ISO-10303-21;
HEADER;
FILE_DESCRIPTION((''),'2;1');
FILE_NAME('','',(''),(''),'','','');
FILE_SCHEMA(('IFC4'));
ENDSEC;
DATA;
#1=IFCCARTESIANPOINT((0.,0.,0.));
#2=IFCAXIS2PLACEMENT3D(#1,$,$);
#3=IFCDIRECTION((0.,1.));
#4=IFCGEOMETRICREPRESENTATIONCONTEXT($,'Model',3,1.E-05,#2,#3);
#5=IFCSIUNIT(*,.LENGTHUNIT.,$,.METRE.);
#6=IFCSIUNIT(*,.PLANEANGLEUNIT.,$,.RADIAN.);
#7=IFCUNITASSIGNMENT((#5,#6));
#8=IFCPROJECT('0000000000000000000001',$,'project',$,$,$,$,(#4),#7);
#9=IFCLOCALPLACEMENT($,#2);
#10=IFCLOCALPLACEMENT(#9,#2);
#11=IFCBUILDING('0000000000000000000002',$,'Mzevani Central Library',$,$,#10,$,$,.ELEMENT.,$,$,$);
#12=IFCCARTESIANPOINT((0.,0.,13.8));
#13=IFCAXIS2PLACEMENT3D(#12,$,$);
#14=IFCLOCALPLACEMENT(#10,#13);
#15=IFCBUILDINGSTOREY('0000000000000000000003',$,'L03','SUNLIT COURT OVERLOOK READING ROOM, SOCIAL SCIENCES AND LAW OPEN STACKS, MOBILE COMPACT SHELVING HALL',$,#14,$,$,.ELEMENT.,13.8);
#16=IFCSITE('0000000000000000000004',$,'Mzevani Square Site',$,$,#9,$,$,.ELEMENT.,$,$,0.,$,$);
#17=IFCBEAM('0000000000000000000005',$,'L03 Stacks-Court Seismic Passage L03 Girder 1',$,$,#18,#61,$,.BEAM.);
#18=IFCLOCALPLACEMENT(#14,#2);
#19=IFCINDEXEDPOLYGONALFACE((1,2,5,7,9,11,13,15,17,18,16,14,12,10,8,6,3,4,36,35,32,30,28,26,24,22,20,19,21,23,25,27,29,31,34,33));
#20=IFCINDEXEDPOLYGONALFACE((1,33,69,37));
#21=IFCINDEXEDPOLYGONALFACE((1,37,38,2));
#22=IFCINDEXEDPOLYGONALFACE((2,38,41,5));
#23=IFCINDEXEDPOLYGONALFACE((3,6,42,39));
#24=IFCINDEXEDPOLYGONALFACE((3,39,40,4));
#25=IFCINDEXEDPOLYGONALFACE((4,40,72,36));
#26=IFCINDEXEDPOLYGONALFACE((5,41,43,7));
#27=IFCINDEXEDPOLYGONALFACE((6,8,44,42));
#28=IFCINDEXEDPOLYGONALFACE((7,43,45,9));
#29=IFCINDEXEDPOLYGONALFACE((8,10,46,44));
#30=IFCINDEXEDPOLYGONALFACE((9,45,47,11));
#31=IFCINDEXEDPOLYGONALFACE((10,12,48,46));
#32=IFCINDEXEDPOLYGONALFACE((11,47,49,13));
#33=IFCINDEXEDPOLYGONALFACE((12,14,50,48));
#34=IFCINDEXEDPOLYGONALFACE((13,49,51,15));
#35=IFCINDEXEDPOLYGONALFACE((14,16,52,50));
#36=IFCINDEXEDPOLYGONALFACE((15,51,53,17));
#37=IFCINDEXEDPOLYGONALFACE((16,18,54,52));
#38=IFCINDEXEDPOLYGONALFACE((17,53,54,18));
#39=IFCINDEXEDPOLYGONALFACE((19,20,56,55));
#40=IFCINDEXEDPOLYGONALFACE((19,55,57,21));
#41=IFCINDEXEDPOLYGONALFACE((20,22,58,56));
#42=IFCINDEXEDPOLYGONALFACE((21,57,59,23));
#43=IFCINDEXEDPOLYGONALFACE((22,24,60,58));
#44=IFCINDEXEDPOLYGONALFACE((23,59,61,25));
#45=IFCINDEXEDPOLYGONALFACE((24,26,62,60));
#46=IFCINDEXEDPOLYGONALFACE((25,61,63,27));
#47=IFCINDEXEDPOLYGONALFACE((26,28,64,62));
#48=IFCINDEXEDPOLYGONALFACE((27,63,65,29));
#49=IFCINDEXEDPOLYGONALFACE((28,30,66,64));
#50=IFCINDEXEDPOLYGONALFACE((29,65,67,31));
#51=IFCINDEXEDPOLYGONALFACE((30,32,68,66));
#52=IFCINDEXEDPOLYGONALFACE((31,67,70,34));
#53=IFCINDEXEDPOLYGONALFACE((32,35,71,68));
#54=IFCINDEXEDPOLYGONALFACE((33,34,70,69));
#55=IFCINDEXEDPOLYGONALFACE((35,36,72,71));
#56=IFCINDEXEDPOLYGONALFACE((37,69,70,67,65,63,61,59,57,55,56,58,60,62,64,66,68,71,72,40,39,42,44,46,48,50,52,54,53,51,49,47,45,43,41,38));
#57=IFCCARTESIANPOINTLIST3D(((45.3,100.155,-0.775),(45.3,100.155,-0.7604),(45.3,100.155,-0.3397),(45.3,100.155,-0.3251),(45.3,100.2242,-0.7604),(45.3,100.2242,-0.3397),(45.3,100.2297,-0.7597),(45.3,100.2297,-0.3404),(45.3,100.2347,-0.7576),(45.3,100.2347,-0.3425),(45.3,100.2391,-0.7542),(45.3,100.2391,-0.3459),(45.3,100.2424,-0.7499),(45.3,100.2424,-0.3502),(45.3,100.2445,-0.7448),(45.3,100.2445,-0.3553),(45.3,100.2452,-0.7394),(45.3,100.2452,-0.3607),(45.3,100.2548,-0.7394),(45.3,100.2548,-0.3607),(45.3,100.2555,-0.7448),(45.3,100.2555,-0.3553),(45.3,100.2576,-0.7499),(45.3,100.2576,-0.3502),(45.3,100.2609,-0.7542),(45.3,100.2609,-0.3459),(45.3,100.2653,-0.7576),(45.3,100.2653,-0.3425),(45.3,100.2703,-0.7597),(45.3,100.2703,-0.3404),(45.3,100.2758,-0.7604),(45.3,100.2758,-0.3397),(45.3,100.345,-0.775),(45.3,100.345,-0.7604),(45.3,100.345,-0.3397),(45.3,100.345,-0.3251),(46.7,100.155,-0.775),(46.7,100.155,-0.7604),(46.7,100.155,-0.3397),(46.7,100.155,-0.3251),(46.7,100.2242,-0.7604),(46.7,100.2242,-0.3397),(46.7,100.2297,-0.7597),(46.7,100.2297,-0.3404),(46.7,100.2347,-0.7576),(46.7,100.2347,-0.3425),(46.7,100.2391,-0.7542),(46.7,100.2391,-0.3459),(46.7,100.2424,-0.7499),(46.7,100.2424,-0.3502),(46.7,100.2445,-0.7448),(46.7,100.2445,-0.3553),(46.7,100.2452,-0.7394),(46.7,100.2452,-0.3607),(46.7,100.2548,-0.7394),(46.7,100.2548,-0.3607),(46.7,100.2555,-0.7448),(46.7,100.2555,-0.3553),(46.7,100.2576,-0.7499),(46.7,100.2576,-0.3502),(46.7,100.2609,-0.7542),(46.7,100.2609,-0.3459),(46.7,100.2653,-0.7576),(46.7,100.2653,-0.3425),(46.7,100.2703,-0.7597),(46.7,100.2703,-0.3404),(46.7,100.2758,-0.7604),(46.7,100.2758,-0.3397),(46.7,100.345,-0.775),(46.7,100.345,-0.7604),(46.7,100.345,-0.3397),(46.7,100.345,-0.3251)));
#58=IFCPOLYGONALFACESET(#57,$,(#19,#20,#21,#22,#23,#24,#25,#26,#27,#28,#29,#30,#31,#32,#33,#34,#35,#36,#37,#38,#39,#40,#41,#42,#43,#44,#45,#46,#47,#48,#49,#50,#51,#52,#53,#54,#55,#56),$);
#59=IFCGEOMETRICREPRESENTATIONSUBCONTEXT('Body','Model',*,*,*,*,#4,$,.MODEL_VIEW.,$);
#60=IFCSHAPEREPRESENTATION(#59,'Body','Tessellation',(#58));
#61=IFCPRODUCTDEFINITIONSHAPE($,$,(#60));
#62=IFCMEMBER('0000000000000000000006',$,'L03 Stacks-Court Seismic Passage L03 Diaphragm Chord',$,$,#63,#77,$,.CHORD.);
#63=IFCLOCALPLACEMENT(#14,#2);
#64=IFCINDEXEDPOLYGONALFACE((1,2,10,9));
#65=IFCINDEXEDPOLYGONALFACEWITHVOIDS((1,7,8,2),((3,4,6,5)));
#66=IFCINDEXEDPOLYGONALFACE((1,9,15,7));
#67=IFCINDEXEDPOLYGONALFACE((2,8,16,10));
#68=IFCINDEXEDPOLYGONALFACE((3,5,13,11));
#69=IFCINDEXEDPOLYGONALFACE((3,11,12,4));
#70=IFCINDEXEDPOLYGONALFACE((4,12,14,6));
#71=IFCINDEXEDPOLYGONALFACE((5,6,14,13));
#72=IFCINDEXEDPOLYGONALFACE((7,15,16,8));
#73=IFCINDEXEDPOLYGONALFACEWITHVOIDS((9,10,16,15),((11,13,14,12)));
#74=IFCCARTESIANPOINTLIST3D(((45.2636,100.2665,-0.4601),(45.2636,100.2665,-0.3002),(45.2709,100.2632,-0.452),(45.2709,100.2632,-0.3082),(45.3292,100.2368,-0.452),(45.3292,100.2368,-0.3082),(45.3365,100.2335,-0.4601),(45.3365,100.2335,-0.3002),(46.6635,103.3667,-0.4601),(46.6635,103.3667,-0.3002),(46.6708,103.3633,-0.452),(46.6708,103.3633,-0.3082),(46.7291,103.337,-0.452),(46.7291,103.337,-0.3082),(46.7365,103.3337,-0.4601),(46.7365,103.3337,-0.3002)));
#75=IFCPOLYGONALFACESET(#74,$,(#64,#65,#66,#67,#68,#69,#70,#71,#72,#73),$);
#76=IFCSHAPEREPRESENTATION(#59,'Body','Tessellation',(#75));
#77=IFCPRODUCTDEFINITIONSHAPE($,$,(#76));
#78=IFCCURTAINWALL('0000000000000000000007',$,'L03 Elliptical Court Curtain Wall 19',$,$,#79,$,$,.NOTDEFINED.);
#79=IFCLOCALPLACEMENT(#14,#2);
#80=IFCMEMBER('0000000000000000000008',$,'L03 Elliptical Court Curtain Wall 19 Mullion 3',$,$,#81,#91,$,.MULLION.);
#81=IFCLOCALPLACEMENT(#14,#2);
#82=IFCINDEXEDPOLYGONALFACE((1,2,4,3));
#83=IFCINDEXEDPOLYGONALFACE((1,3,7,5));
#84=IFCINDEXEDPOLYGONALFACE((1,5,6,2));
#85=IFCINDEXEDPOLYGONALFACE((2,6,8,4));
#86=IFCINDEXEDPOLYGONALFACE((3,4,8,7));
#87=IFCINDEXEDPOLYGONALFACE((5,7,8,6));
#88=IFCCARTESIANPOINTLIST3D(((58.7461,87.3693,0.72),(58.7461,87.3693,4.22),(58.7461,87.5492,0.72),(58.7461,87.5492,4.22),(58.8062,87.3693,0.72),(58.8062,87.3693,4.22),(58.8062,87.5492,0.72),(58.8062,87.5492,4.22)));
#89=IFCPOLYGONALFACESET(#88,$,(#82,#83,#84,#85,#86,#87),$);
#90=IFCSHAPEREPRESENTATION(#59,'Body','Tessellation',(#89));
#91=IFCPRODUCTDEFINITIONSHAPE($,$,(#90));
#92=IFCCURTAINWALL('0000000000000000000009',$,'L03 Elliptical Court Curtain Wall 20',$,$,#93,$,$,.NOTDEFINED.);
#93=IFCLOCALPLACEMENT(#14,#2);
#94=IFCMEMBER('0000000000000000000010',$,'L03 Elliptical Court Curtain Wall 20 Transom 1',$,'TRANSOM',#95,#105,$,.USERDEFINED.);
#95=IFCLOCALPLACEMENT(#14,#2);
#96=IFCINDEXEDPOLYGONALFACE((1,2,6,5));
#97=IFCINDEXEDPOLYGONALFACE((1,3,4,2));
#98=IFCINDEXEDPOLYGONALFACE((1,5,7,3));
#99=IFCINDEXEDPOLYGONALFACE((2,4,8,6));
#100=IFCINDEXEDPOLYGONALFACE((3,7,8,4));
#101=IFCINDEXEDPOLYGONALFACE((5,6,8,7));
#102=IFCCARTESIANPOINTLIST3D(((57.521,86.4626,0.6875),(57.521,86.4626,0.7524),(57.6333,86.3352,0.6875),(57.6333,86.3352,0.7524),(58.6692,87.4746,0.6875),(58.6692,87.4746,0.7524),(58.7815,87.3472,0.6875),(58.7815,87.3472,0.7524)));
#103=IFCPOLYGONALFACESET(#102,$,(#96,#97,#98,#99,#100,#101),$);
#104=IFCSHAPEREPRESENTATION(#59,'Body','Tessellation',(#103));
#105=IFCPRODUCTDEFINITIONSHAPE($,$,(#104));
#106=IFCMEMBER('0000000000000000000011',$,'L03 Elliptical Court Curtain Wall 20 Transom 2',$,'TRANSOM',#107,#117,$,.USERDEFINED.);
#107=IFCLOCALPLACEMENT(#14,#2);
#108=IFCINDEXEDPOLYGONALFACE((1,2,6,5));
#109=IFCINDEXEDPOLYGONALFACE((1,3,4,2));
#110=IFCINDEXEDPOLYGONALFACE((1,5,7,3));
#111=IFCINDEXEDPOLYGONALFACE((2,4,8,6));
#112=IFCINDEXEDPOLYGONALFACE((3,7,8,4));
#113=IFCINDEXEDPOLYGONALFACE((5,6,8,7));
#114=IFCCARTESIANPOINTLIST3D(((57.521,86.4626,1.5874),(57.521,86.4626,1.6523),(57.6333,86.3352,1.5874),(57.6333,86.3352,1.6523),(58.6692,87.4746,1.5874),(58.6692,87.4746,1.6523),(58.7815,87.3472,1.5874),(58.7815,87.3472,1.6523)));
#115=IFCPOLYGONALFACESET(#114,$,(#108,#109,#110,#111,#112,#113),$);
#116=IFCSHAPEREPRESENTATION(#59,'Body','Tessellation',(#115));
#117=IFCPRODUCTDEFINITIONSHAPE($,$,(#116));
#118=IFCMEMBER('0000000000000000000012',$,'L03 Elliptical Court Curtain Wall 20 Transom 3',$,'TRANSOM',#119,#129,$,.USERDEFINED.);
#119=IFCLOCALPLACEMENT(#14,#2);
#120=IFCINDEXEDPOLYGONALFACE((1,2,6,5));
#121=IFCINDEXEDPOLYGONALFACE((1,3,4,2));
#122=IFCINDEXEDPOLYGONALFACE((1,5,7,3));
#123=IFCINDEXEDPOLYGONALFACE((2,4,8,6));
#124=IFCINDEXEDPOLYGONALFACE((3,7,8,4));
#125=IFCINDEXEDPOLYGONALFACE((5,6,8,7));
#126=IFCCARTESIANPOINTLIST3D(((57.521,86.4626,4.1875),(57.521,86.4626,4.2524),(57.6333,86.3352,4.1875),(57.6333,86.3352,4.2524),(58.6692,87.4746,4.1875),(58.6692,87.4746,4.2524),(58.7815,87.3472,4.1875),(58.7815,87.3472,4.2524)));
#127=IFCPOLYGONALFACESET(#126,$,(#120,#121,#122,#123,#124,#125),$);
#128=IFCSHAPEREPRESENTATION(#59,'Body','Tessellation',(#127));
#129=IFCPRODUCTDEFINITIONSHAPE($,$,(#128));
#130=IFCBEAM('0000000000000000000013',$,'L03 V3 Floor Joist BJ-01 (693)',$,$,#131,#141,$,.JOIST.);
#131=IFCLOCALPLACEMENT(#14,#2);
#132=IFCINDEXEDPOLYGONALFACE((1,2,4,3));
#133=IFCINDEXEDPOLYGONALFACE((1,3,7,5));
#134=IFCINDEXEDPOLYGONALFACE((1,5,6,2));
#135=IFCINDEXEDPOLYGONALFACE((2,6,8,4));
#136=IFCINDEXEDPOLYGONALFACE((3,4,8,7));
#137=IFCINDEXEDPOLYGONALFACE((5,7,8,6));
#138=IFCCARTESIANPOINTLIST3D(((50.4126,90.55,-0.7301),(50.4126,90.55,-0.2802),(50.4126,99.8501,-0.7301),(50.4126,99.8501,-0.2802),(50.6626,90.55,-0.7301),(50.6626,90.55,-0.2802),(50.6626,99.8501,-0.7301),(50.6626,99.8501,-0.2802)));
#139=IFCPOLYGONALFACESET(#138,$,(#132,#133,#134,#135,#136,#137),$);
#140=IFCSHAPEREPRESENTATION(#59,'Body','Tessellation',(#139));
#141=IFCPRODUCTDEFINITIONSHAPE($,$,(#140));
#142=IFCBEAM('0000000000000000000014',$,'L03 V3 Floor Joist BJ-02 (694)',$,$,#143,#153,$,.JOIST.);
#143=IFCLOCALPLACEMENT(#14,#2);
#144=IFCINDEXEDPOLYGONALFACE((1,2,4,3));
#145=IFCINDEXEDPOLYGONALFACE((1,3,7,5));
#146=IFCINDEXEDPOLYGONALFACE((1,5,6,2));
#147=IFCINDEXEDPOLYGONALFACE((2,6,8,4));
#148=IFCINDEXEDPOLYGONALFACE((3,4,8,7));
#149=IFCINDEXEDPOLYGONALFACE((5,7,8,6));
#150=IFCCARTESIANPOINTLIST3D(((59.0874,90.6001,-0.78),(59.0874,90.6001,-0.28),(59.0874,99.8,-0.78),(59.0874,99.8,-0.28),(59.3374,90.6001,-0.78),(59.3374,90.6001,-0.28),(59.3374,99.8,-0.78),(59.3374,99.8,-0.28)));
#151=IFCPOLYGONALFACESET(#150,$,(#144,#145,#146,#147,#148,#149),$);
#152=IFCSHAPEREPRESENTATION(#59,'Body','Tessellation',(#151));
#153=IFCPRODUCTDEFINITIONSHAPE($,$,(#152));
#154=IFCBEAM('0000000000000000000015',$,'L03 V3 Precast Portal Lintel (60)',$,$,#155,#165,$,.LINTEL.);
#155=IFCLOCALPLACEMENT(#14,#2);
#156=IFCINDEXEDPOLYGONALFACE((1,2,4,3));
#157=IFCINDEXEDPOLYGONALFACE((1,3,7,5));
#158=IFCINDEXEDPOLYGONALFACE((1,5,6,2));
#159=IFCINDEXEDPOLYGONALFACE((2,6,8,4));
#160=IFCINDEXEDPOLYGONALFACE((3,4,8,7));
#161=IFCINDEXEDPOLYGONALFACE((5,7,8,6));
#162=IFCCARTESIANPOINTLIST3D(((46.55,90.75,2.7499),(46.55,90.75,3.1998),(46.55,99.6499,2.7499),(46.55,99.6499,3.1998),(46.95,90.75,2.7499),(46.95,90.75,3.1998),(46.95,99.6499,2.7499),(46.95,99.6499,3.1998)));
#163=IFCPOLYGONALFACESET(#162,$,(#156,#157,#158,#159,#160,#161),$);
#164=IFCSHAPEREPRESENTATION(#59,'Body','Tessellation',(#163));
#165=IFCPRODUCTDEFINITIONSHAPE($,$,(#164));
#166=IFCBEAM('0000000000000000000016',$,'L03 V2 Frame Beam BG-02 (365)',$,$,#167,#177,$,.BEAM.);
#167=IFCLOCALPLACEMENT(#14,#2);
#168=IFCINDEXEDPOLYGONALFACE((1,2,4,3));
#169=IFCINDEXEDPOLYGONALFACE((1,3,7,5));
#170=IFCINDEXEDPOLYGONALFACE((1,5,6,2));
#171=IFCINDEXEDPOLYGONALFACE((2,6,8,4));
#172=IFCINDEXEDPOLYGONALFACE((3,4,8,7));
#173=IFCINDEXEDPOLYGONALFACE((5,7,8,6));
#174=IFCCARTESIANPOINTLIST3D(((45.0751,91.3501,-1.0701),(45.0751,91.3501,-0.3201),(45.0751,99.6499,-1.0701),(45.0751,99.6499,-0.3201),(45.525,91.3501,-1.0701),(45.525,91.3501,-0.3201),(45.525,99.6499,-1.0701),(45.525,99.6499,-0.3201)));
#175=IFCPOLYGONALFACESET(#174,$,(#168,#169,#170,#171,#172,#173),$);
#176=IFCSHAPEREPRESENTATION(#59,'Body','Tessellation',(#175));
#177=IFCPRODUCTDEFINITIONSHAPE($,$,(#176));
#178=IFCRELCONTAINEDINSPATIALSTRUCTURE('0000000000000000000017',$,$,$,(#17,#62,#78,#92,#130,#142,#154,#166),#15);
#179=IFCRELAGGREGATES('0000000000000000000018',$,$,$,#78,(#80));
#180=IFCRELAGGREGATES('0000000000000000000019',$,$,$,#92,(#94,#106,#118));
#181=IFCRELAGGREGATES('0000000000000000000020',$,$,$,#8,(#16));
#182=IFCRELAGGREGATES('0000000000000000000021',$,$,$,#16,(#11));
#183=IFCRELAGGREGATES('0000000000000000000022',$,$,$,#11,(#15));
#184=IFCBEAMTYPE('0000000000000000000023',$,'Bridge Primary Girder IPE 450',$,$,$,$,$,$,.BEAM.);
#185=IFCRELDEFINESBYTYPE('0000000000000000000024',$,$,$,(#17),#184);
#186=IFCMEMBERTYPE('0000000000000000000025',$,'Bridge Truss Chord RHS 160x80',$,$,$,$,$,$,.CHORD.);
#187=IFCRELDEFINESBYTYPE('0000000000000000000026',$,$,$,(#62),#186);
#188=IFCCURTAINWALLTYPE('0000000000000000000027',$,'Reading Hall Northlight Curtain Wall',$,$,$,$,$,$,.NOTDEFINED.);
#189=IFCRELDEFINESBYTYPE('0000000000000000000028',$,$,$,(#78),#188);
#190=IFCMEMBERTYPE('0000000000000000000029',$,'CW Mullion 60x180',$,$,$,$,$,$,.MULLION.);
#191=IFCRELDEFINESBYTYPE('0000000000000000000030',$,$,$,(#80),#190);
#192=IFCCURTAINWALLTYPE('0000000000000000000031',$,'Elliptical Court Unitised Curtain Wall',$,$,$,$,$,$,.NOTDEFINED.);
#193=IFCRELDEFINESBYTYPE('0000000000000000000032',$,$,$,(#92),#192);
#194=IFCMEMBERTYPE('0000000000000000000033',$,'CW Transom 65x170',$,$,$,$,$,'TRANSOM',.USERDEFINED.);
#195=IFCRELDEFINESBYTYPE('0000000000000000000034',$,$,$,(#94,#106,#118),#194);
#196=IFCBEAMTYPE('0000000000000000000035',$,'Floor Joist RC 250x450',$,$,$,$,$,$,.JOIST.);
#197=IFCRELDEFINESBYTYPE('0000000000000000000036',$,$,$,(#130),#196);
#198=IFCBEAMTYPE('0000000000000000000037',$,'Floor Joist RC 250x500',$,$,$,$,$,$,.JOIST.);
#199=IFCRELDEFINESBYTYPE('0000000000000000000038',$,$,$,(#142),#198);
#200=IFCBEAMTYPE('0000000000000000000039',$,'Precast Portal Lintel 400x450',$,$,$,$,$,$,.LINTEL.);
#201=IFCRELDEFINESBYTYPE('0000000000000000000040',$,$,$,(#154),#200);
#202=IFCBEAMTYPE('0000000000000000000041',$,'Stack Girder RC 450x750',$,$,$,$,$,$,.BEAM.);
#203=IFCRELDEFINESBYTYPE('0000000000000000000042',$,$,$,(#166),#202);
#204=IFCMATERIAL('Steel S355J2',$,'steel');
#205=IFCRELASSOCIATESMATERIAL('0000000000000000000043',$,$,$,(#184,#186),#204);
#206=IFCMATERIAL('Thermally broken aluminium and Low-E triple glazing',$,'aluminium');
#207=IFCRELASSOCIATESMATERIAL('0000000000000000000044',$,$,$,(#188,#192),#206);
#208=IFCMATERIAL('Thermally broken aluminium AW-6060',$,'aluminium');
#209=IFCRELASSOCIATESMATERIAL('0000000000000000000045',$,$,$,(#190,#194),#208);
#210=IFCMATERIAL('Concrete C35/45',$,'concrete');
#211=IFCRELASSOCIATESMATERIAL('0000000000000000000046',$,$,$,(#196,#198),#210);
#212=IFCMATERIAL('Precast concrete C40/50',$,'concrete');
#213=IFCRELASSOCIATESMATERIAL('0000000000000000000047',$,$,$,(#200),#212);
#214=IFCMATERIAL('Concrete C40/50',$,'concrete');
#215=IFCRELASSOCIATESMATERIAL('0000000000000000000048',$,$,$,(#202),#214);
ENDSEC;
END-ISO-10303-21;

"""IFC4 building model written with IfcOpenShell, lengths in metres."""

from ifc_helpers import new_model, si_unit, direction, frame, origin, origin_2d, place, context, subcontext, project, spatial, rectangle, hollow_rectangle, i_section, extrude, material, material_profile, profile_set, type_object, element, aggregate, save


model = new_model("IFC4")

# Units and contexts
model_context = context("Model", 3, precision=1e-05, world=origin(), true_north=direction((0.0, 1.0)))
body_context = subcontext(model_context, "Body", "Model", "MODEL_VIEW")
ifc_project = project(units=[si_unit("LENGTHUNIT", "METRE"), si_unit("PLANEANGLEUNIT", "RADIAN")], contexts=[model_context])

# Site, building, storey
site_placement = place(None, origin())
site = spatial("IfcSite", under=ifc_project, at=site_placement, Name="Mzevani Square Site", CompositionType="ELEMENT", RefElevation=0.0)
building_placement = place(site_placement, origin())
building = spatial("IfcBuilding", under=site, at=building_placement, Name="Mzevani Central Library", CompositionType="ELEMENT")
storey_placement = place(building_placement, frame((0.0, 0.0, 13.8)))
storey = spatial("IfcBuildingStorey", under=building, at=storey_placement, Name="L03", Description="SUNLIT COURT OVERLOOK READING ROOM, SOCIAL SCIENCES AND LAW OPEN STACKS, MOBILE COMPACT SHELVING HALL", CompositionType="ELEMENT", Elevation=13.8)

# Shared definitions
ifc_material_1 = material(Name="Concrete C40/50", Category="concrete")

# Beam
ifc_material_2 = material(Name="Concrete C35/45", Category="concrete")
ifc_material_3 = material(Name="Steel S355J2", Category="steel")
ifc_material_profile_1 = material_profile(ifc_material_3, i_section(OverallWidth=0.1899, OverallDepth=0.45, WebThickness=0.0095, FlangeThickness=0.0146, FilletRadius=0.021, at=origin_2d()), Name="IPE 450")
ifc_profile_set_1 = profile_set([ifc_material_profile_1], Name="Steel S355J2")
beam_type_1 = type_object("IfcBeamType", Name="Bridge Primary Girder IPE 450", PredefinedType="BEAM", material=ifc_profile_set_1)
beam_1_placement = place(storey_placement, frame((45.3, 100.25, -0.55), z_axis=(1.0, 0.0, 0.0), x_axis=(0.0, 1.0, 0.0)))
element("IfcBeam", 1, at=beam_1_placement, inside=storey, type_object=beam_type_1, Name="L03 Stacks-Court Seismic Passage L03 Girder 1", PredefinedType="BEAM", context=body_context, shape_type="SweptSolid", body=[
    extrude(i_section(OverallWidth=0.1899, OverallDepth=0.45, WebThickness=0.0095, FlangeThickness=0.0146, FilletRadius=0.021, at=origin_2d()), origin(), (0.0, 0.0, 1.0), 1.3999),
])

# Member
ifc_material_profile_2 = material_profile(ifc_material_3, hollow_rectangle(XDim=0.0801, YDim=0.1599, WallThickness=0.0081, at=origin_2d()), Name="RHS 160x80x8.0")
ifc_profile_set_2 = profile_set([ifc_material_profile_2], Name="Steel S355J2")
member_type_1 = type_object("IfcMemberType", Name="Bridge Truss Chord RHS 160x80", PredefinedType="CHORD", material=ifc_profile_set_2)
member_1_placement = place(storey_placement, frame((45.3, 100.25, -0.3801), z_axis=(0.411552, 0.911386, 0.0), x_axis=(-0.911386, 0.411552, 0.0)))
element("IfcMember", 2, at=member_1_placement, inside=storey, type_object=member_type_1, Name="L03 Stacks-Court Seismic Passage L03 Diaphragm Chord", PredefinedType="CHORD", context=body_context, shape_type="SweptSolid", body=[
    extrude(hollow_rectangle(XDim=0.0801, YDim=0.1599, WallThickness=0.0081, at=origin_2d()), origin(), (0.0, 0.0, 1.0), 3.4016),
])

# Curtain wall, member
ifc_material_4 = material(Name="Thermally broken aluminium and Low-E triple glazing", Category="aluminium")
curtain_wall_type_1 = type_object("IfcCurtainWallType", Name="Reading Hall Northlight Curtain Wall", PredefinedType="NOTDEFINED", material=ifc_material_4)
curtain_wall_1_placement = place(storey_placement, origin())
curtain_wall_1 = element("IfcCurtainWall", 3, at=curtain_wall_1_placement, inside=storey, type_object=curtain_wall_type_1, Name="L03 Elliptical Court Curtain Wall 19", PredefinedType="NOTDEFINED")
ifc_material_5 = material(Name="Thermally broken aluminium AW-6060", Category="aluminium")
ifc_material_profile_3 = material_profile(ifc_material_5, rectangle(XDim=0.0601, YDim=0.1799, at=origin_2d()), Name="ALU M60x180")
ifc_profile_set_3 = profile_set([ifc_material_profile_3], Name="Thermally broken aluminium AW-6060")
member_type_2 = type_object("IfcMemberType", Name="CW Mullion 60x180", PredefinedType="MULLION", material=ifc_profile_set_3)
member_2_placement = place(storey_placement, frame((58.7761, 87.4592, 0.72), z_axis=(0.0, 0.0, 1.0), x_axis=(1.0, 0.0, 0.0)))
member_2 = element("IfcMember", 4, at=member_2_placement, type_object=member_type_2, Name="L03 Elliptical Court Curtain Wall 19 Mullion 3", PredefinedType="MULLION", context=body_context, shape_type="SweptSolid", body=[
    extrude(rectangle(XDim=0.0601, YDim=0.1799, at=origin_2d()), origin(), (0.0, 0.0, 1.0), 3.5),
])
aggregate(curtain_wall_1, [member_2])

# Curtain wall, members
curtain_wall_type_2 = type_object("IfcCurtainWallType", Name="Elliptical Court Unitised Curtain Wall", PredefinedType="NOTDEFINED", material=ifc_material_4)
curtain_wall_2_placement = place(storey_placement, origin())
curtain_wall_2 = element("IfcCurtainWall", 5, at=curtain_wall_2_placement, inside=storey, type_object=curtain_wall_type_2, Name="L03 Elliptical Court Curtain Wall 20", PredefinedType="NOTDEFINED")
ifc_material_profile_4 = material_profile(ifc_material_5, rectangle(XDim=0.1699, YDim=0.0649, at=origin_2d()), Name="ALU T65x170")
ifc_profile_set_4 = profile_set([ifc_material_profile_4], Name="Thermally broken aluminium AW-6060")
member_type_3 = type_object("IfcMemberType", Name="CW Transom 65x170", ElementType="TRANSOM", PredefinedType="USERDEFINED", material=ifc_profile_set_4)
member_3_placement = place(storey_placement, frame((58.7253, 87.4109, 0.72), z_axis=(-0.75021, -0.661199, 0.0), x_axis=(0.661199, -0.75021, 0.0)))
member_3 = element("IfcMember", 6, at=member_3_placement, type_object=member_type_3, Name="L03 Elliptical Court Curtain Wall 20 Transom 1", ObjectType="TRANSOM", PredefinedType="USERDEFINED", context=body_context, shape_type="SweptSolid", body=[
    extrude(rectangle(XDim=0.1699, YDim=0.0649, at=origin_2d()), origin(), (0.0, 0.0, 1.0), 1.5305),
])
member_4_placement = place(storey_placement, frame((58.7253, 87.4109, 1.6199), z_axis=(-0.75021, -0.661199, 0.0), x_axis=(0.661199, -0.75021, 0.0)))
member_4 = element("IfcMember", 7, at=member_4_placement, type_object=member_type_3, Name="L03 Elliptical Court Curtain Wall 20 Transom 2", ObjectType="TRANSOM", PredefinedType="USERDEFINED", context=body_context, shape_type="SweptSolid", body=[
    extrude(rectangle(XDim=0.1699, YDim=0.0649, at=origin_2d()), origin(), (0.0, 0.0, 1.0), 1.5305),
])
member_5_placement = place(storey_placement, frame((58.7253, 87.4109, 4.22), z_axis=(-0.75021, -0.661199, 0.0), x_axis=(0.661199, -0.75021, 0.0)))
member_5 = element("IfcMember", 8, at=member_5_placement, type_object=member_type_3, Name="L03 Elliptical Court Curtain Wall 20 Transom 3", ObjectType="TRANSOM", PredefinedType="USERDEFINED", context=body_context, shape_type="SweptSolid", body=[
    extrude(rectangle(XDim=0.1699, YDim=0.0649, at=origin_2d()), origin(), (0.0, 0.0, 1.0), 1.5305),
])
aggregate(curtain_wall_2, [member_3, member_4, member_5])

# Beams
ifc_material_profile_5 = material_profile(ifc_material_2, rectangle(XDim=0.25, YDim=0.45, at=origin_2d()), Name="RC J250x450")
ifc_profile_set_5 = profile_set([ifc_material_profile_5], Name="Concrete C35/45")
beam_type_2 = type_object("IfcBeamType", Name="Floor Joist RC 250x450", PredefinedType="JOIST", material=ifc_profile_set_5)
beam_2_placement = place(storey_placement, frame((50.5376, 90.55, -0.5051), z_axis=(0.0, 1.0, 0.0), x_axis=(-1.0, 0.0, 0.0)))
element("IfcBeam", 9, at=beam_2_placement, inside=storey, type_object=beam_type_2, Name="L03 V3 Floor Joist BJ-01 (693)", PredefinedType="JOIST", context=body_context, shape_type="SweptSolid", body=[
    extrude(rectangle(XDim=0.25, YDim=0.45, at=origin_2d()), origin(), (0.0, 0.0, 1.0), 9.3),
])
ifc_material_profile_6 = material_profile(ifc_material_2, rectangle(XDim=0.25, YDim=0.5, at=origin_2d()), Name="RC J250x500")
ifc_profile_set_6 = profile_set([ifc_material_profile_6], Name="Concrete C35/45")
beam_type_3 = type_object("IfcBeamType", Name="Floor Joist RC 250x500", PredefinedType="JOIST", material=ifc_profile_set_6)
beam_3_placement = place(storey_placement, frame((59.2124, 90.6001, -0.53), z_axis=(0.0, 1.0, 0.0), x_axis=(-1.0, 0.0, 0.0)))
element("IfcBeam", 10, at=beam_3_placement, inside=storey, type_object=beam_type_3, Name="L03 V3 Floor Joist BJ-02 (694)", PredefinedType="JOIST", context=body_context, shape_type="SweptSolid", body=[
    extrude(rectangle(XDim=0.25, YDim=0.5, at=origin_2d()), origin(), (0.0, 0.0, 1.0), 9.2),
])
ifc_material_6 = material(Name="Precast concrete C40/50", Category="concrete")
ifc_material_profile_7 = material_profile(ifc_material_6, rectangle(XDim=0.3999, YDim=0.45, at=origin_2d()), Name="PC LN400x450")
ifc_profile_set_7 = profile_set([ifc_material_profile_7], Name="Precast concrete C40/50")
beam_type_4 = type_object("IfcBeamType", Name="Precast Portal Lintel 400x450", PredefinedType="LINTEL", material=ifc_profile_set_7)
beam_4_placement = place(storey_placement, frame((46.75, 90.75, 2.9749), z_axis=(0.0, 1.0, 0.0), x_axis=(-1.0, 0.0, 0.0)))
element("IfcBeam", 11, at=beam_4_placement, inside=storey, type_object=beam_type_4, Name="L03 V3 Precast Portal Lintel (60)", PredefinedType="LINTEL", context=body_context, shape_type="SweptSolid", body=[
    extrude(rectangle(XDim=0.3999, YDim=0.45, at=origin_2d()), origin(), (0.0, 0.0, 1.0), 8.8999),
])
ifc_material_profile_8 = material_profile(ifc_material_1, rectangle(XDim=0.45, YDim=0.75, at=origin_2d()), Name="RC B450x750")
ifc_profile_set_8 = profile_set([ifc_material_profile_8], Name="Concrete C40/50")
beam_type_5 = type_object("IfcBeamType", Name="Stack Girder RC 450x750", PredefinedType="BEAM", material=ifc_profile_set_8)
beam_5_placement = place(storey_placement, frame((45.3, 91.3501, -0.6951), z_axis=(0.0, 1.0, 0.0), x_axis=(-1.0, 0.0, 0.0)))
element("IfcBeam", 12, at=beam_5_placement, inside=storey, type_object=beam_type_5, Name="L03 V2 Frame Beam BG-02 (365)", PredefinedType="BEAM", context=body_context, shape_type="SweptSolid", body=[
    extrude(rectangle(XDim=0.45, YDim=0.75, at=origin_2d()), origin(), (0.0, 0.0, 1.0), 8.2998),
])

save(model, "model.ifc")
